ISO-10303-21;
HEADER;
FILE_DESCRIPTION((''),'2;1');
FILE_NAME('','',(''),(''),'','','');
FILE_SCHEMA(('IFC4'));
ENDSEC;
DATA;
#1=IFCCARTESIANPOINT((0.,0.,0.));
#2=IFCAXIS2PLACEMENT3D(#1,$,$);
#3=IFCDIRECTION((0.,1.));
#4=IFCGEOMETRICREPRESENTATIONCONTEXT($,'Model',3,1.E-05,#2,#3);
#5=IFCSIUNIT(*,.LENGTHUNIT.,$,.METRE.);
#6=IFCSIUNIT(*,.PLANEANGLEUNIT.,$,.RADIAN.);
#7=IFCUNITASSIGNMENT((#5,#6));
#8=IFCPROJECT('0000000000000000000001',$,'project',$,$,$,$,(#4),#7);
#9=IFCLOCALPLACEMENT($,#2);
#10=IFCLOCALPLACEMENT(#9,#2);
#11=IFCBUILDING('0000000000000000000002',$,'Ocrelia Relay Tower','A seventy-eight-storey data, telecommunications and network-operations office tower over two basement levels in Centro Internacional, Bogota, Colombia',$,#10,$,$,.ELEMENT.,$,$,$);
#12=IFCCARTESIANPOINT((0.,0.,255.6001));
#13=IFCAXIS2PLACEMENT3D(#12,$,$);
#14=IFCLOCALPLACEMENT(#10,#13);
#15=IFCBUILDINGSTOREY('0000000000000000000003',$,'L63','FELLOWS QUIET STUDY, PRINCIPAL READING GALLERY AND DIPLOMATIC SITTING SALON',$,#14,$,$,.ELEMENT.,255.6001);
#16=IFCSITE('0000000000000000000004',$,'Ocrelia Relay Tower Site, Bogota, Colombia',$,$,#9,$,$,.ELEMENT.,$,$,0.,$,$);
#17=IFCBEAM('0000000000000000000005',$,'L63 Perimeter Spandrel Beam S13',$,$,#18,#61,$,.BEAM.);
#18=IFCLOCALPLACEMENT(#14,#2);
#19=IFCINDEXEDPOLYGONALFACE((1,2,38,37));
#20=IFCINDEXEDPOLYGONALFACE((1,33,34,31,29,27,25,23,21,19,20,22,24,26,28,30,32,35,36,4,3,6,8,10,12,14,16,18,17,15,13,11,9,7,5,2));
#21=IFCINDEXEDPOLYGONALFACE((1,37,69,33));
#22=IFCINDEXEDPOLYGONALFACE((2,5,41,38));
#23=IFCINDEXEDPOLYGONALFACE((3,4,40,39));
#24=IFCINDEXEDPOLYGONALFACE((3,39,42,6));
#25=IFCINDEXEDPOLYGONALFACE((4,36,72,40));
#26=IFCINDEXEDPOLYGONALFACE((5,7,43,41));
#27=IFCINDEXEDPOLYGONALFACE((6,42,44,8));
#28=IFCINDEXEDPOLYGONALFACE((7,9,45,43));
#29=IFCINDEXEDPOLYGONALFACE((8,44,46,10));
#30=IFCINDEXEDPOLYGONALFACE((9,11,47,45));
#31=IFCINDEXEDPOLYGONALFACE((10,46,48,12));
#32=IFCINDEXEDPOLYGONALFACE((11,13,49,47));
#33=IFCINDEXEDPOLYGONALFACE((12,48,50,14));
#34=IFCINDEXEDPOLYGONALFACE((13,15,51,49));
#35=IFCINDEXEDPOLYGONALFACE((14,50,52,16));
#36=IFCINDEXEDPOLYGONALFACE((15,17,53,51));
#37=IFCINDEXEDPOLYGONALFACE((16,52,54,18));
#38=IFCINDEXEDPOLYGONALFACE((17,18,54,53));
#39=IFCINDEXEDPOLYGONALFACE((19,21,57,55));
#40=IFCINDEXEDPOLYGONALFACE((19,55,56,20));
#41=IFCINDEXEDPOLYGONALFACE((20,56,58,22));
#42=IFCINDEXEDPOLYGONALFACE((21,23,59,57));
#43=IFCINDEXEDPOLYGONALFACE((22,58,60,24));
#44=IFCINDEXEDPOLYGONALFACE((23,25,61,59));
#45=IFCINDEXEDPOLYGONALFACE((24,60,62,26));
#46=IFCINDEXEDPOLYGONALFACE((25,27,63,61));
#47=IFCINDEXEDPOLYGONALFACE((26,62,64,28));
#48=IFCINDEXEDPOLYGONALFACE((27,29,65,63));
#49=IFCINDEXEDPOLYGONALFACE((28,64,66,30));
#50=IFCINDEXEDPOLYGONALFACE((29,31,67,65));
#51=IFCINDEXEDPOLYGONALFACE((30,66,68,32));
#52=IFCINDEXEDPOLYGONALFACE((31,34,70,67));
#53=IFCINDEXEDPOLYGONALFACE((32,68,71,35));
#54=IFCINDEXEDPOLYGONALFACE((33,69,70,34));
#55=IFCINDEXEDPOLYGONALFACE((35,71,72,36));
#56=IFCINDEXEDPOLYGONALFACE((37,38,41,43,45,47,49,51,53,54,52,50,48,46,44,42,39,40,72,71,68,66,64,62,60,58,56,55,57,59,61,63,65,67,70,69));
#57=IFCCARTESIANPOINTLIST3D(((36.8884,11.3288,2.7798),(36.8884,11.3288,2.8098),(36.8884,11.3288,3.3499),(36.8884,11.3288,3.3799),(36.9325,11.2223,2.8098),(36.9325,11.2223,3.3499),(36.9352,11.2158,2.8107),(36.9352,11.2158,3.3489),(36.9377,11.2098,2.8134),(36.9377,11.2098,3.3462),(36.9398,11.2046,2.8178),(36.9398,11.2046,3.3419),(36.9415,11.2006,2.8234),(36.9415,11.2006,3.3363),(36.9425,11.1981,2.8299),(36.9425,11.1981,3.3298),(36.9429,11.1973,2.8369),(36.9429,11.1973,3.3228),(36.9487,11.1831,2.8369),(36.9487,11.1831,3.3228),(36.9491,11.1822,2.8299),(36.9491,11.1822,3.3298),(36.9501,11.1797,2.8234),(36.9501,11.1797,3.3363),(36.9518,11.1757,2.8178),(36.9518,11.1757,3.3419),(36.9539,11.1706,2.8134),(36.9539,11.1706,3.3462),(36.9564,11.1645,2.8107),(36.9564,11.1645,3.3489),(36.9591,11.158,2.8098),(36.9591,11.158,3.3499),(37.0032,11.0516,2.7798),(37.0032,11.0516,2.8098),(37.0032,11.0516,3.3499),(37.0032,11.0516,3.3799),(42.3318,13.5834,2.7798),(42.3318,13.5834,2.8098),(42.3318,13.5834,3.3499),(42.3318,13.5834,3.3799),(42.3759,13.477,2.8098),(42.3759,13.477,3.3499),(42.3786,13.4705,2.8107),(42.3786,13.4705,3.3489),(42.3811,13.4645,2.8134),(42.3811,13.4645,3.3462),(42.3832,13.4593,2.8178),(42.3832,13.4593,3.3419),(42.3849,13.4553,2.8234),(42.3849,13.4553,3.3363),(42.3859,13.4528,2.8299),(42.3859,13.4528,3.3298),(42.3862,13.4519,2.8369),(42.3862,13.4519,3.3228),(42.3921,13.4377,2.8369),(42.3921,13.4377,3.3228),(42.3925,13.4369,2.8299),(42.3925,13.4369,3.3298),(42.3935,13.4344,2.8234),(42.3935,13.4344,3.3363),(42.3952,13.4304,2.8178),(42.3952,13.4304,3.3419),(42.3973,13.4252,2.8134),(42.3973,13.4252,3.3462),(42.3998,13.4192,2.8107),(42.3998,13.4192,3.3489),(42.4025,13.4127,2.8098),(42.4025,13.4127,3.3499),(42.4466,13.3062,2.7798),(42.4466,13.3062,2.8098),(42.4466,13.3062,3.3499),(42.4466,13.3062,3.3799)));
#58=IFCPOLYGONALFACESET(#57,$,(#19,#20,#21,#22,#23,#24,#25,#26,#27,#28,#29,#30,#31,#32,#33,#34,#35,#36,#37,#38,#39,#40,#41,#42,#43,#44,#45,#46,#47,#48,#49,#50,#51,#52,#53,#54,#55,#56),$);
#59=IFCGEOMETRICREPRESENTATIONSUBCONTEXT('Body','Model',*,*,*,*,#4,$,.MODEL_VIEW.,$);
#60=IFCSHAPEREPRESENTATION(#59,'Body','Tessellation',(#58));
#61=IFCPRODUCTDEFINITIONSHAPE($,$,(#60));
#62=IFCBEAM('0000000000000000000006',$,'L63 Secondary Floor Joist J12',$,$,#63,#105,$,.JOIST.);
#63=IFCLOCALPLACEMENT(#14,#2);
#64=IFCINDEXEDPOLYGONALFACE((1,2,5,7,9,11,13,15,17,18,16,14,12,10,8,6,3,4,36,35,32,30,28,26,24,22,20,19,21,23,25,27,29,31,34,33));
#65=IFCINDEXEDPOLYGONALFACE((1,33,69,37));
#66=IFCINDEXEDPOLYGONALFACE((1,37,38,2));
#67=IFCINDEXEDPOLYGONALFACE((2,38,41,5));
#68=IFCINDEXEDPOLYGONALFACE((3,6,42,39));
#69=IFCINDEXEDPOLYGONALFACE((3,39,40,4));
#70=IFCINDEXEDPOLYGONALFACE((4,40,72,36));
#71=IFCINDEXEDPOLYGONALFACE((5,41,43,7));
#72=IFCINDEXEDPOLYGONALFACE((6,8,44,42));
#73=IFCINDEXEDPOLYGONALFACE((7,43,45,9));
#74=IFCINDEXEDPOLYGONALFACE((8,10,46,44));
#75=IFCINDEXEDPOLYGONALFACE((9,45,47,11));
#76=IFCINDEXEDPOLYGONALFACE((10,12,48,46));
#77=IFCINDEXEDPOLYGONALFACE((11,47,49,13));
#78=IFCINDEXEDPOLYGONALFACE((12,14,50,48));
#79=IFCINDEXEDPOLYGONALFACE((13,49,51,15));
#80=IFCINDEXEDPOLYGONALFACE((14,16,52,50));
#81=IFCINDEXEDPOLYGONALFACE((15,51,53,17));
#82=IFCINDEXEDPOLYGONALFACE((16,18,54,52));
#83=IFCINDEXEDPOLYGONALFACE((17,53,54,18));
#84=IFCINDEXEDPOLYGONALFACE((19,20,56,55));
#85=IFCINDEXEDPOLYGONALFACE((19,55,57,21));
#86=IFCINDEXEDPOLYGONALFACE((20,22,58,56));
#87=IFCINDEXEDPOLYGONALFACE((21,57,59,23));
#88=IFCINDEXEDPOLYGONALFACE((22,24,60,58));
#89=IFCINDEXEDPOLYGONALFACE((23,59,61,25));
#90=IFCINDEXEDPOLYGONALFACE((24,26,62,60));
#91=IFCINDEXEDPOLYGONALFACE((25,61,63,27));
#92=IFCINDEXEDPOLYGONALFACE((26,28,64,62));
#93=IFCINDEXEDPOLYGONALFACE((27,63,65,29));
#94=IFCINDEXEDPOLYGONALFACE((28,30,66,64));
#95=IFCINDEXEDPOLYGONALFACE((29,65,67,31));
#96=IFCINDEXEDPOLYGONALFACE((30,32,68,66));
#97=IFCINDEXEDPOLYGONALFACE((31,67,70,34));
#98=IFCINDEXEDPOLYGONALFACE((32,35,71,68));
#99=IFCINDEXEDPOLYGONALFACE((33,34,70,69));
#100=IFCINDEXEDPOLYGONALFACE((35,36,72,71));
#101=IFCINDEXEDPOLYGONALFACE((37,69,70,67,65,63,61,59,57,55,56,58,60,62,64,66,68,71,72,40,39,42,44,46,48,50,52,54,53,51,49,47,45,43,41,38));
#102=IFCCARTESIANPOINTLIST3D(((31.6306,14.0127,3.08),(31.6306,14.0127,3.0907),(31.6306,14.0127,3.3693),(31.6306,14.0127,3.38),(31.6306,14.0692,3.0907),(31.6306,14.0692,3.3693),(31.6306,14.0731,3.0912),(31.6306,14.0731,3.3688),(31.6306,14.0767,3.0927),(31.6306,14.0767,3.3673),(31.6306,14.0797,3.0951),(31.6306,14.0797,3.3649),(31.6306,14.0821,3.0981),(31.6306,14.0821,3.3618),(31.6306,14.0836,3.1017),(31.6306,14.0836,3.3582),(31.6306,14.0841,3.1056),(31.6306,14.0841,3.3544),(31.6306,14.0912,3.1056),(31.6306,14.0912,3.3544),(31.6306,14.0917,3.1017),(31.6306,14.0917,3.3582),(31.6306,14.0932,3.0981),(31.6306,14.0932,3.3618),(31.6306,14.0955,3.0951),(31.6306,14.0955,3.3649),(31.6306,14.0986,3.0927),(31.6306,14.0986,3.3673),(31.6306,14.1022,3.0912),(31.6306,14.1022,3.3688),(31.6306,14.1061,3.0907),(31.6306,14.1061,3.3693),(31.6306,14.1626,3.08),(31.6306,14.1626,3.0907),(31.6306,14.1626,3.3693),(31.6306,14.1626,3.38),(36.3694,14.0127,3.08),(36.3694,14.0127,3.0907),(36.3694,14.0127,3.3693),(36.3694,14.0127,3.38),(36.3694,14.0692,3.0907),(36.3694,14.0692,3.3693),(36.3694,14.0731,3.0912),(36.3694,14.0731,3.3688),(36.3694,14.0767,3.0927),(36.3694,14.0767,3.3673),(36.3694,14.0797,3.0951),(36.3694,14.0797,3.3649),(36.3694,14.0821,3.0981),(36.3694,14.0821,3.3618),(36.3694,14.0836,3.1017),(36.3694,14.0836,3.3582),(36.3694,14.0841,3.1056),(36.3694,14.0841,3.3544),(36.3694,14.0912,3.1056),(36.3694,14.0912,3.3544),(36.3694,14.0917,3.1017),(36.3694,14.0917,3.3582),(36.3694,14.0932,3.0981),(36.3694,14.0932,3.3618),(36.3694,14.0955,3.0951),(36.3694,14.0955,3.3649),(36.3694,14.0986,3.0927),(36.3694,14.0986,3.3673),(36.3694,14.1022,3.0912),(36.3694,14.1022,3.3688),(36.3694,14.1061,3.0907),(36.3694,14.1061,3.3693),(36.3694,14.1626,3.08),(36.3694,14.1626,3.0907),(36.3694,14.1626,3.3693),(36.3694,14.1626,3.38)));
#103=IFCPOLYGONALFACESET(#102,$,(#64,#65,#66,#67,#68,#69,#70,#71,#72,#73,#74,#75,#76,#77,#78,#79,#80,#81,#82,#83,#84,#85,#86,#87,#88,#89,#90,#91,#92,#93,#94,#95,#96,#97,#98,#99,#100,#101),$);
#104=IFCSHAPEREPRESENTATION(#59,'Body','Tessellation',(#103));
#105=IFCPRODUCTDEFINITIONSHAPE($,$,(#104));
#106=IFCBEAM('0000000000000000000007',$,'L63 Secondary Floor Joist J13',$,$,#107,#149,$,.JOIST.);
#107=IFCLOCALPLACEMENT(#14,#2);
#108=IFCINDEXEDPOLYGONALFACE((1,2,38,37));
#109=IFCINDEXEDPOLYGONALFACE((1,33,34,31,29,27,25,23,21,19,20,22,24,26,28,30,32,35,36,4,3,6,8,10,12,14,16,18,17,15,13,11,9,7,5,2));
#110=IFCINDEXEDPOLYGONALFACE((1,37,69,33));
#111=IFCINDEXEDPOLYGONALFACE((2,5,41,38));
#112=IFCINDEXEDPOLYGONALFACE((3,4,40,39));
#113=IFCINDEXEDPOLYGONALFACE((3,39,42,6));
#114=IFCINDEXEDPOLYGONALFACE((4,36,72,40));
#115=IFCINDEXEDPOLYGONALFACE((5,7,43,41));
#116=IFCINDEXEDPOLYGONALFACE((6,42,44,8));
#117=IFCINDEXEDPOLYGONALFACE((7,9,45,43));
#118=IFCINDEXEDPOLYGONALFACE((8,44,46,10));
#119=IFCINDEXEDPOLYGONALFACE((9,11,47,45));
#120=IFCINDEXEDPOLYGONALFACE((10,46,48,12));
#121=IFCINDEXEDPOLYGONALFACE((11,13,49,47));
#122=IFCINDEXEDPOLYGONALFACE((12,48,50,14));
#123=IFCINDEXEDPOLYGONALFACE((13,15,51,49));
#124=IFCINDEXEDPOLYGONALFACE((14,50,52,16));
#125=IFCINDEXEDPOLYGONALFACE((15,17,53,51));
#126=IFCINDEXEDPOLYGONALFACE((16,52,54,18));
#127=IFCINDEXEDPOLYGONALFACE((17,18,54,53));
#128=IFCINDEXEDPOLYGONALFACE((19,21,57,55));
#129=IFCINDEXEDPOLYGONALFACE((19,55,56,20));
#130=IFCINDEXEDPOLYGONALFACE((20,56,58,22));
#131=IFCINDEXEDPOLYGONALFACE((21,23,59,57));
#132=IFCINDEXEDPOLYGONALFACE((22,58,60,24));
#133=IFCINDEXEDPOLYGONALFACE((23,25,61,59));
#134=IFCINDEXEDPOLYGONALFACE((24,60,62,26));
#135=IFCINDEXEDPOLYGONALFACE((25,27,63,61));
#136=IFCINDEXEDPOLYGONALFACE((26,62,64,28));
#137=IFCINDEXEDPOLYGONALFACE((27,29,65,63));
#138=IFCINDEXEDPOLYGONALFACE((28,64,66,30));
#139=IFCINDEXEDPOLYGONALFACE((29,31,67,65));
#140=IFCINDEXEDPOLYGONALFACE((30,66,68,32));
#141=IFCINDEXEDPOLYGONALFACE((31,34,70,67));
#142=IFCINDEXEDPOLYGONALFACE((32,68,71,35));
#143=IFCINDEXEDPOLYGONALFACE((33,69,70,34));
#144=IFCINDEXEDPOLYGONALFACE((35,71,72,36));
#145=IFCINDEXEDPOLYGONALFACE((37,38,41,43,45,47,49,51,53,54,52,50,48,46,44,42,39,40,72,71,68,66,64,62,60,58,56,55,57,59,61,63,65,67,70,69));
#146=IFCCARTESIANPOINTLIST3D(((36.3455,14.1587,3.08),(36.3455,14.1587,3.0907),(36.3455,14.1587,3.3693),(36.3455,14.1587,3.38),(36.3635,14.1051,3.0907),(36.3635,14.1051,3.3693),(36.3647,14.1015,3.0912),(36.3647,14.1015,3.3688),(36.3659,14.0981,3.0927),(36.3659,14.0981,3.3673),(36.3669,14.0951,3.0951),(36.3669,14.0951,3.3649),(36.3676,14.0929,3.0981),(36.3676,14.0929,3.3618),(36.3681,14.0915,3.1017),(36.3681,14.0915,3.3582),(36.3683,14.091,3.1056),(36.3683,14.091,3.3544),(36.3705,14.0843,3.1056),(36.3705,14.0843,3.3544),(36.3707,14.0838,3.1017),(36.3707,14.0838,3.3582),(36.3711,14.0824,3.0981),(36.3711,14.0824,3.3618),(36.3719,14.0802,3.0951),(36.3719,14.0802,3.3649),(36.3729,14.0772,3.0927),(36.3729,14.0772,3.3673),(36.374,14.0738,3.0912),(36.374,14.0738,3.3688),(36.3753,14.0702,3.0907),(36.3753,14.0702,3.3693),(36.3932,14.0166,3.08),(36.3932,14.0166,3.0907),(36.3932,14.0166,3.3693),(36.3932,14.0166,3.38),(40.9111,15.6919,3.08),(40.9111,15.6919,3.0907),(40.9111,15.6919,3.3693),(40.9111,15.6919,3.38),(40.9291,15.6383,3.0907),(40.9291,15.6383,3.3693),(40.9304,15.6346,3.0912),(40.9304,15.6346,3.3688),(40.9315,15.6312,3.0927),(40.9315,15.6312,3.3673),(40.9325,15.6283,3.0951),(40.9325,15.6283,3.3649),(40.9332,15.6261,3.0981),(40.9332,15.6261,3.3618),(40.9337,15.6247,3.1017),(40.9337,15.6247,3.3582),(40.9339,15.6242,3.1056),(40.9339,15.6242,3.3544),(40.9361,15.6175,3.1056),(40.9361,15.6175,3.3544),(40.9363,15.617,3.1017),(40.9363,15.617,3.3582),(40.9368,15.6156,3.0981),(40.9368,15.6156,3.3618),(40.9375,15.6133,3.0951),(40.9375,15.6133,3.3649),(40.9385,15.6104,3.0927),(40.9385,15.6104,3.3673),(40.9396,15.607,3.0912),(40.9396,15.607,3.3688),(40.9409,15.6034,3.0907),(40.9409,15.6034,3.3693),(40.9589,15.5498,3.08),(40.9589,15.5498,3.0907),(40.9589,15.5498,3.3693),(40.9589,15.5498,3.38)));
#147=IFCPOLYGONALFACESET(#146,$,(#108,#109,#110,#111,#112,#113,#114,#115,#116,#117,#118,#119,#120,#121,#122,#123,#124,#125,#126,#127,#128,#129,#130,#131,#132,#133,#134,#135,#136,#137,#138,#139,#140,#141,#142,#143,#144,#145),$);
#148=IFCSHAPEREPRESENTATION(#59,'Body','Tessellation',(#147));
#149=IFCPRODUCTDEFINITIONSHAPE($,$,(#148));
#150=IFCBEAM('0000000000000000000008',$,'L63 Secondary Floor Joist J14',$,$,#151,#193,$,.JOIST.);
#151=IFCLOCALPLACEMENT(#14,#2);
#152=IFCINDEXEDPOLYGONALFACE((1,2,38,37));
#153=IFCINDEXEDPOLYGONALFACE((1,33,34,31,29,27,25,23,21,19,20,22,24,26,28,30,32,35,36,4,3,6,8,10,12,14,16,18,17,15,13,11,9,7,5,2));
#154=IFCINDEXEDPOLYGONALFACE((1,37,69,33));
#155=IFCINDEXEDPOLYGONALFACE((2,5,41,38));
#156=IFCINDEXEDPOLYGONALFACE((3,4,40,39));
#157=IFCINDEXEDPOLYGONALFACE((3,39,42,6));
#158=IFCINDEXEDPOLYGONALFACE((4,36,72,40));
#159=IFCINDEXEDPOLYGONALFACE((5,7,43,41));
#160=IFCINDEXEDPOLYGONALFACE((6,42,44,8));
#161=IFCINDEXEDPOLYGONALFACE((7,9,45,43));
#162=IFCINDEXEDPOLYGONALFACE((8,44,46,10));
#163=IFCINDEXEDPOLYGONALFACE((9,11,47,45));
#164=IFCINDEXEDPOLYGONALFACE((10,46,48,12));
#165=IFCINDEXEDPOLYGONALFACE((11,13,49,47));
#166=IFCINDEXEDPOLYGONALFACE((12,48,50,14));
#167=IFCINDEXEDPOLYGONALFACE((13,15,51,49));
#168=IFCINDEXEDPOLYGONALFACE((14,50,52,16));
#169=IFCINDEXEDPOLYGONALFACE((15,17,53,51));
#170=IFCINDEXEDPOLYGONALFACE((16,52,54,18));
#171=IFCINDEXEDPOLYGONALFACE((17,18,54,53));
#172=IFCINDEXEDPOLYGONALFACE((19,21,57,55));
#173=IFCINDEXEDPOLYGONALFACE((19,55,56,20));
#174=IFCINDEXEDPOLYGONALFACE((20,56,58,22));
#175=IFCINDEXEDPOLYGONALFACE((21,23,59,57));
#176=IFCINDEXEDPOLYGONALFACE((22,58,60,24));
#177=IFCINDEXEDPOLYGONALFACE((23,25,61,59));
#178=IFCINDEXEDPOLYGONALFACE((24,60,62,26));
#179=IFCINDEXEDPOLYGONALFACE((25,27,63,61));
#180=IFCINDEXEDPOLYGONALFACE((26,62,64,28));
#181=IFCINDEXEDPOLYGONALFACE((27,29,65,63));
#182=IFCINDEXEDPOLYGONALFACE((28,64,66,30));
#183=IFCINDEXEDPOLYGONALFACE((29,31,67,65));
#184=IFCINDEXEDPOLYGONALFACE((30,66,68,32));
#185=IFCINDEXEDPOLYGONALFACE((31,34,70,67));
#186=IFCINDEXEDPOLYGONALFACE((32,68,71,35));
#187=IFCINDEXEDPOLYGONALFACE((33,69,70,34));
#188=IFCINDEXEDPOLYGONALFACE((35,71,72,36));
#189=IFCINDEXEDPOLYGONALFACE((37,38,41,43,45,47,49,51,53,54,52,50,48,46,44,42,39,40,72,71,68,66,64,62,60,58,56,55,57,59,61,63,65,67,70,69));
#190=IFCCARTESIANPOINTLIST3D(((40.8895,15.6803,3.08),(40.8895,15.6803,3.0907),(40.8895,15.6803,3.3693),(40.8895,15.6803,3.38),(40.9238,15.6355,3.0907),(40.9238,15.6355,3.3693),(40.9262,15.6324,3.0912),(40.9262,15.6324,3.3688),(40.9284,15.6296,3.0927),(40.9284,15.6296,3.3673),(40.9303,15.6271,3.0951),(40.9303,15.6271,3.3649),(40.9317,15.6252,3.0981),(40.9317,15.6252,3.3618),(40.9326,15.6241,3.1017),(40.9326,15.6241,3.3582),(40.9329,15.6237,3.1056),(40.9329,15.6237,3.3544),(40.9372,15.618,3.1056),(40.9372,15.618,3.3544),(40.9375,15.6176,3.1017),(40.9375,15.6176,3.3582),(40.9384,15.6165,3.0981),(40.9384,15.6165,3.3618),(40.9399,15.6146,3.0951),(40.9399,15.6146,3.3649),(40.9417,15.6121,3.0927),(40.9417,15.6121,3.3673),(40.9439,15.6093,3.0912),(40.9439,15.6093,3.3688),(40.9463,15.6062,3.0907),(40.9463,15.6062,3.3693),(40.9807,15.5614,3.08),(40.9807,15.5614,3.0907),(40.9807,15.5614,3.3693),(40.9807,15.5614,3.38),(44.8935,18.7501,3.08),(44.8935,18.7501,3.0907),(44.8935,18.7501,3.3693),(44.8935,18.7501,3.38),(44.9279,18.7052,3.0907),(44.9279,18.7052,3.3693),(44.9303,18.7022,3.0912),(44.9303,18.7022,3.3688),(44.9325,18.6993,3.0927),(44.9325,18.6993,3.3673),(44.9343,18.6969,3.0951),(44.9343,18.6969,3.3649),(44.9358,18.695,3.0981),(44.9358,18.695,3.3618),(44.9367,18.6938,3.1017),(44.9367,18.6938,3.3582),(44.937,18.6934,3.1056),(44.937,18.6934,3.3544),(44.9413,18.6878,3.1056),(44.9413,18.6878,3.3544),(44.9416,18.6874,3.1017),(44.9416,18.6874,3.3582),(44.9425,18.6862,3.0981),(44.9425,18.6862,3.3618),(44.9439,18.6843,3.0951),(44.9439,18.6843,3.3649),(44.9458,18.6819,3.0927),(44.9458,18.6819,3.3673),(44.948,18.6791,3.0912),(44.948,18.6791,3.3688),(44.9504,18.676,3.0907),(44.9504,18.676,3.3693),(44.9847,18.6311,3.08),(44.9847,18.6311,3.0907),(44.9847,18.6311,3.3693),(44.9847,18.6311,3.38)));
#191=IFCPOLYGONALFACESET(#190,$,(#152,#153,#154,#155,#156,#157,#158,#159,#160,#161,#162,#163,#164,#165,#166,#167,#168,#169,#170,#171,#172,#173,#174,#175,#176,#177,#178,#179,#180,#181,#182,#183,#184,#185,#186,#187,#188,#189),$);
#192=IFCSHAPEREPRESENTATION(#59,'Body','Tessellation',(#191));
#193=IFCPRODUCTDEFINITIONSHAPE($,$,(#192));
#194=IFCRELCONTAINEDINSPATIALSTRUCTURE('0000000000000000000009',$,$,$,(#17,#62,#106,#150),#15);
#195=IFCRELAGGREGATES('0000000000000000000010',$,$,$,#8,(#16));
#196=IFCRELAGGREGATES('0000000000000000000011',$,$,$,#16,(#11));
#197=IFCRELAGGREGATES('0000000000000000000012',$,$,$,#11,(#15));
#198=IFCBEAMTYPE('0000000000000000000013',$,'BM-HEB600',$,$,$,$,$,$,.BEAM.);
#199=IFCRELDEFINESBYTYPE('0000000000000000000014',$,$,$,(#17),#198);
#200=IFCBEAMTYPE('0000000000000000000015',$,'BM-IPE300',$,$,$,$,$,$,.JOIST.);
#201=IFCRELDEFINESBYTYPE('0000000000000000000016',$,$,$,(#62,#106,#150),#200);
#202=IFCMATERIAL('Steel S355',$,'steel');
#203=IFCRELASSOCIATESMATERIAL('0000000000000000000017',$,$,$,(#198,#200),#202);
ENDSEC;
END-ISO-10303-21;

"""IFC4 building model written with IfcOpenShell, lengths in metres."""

from ifc_helpers import new_model, si_unit, direction, frame, origin, origin_2d, place, context, subcontext, project, spatial, i_section, extrude, material, material_profile, profile_set, type_object, element, save


model = new_model("IFC4")

# Units and contexts
model_context = context("Model", 3, precision=1e-05, world=origin(), true_north=direction((0.0, 1.0)))
body_context = subcontext(model_context, "Body", "Model", "MODEL_VIEW")
ifc_project = project(units=[si_unit("LENGTHUNIT", "METRE"), si_unit("PLANEANGLEUNIT", "RADIAN")], contexts=[model_context])

# Site, building, storey
site_placement = place(None, origin())
site = spatial("IfcSite", under=ifc_project, at=site_placement, Name="Ocrelia Relay Tower Site, Bogota, Colombia", CompositionType="ELEMENT", RefElevation=0.0)
building_placement = place(site_placement, origin())
building = spatial("IfcBuilding", under=site, at=building_placement, Name="Ocrelia Relay Tower", Description="A seventy-eight-storey data, telecommunications and network-operations office tower over two basement levels in Centro Internacional, Bogota, Colombia", CompositionType="ELEMENT")
storey_placement = place(building_placement, frame((0.0, 0.0, 255.6001)))
storey = spatial("IfcBuildingStorey", under=building, at=storey_placement, Name="L63", Description="FELLOWS QUIET STUDY, PRINCIPAL READING GALLERY AND DIPLOMATIC SITTING SALON", CompositionType="ELEMENT", Elevation=255.6001)

# Beams
ifc_material_1 = material(Name="Steel S355", Category="steel")
ifc_material_profile_1 = material_profile(ifc_material_1, i_section(OverallWidth=0.3, OverallDepth=0.6001, WebThickness=0.0154, FlangeThickness=0.03, FilletRadius=0.0271, at=origin_2d()), Name="HEB 600")
ifc_profile_set_1 = profile_set([ifc_material_profile_1], Name="Steel S355")
beam_type_1 = type_object("IfcBeamType", Name="BM-HEB600", PredefinedType="BEAM", material=ifc_profile_set_1)
beam_1_placement = place(storey_placement, frame((36.9458, 11.1902, 3.0798), z_axis=(0.923884, 0.382673, 0.0), x_axis=(-0.382673, 0.923884, 0.0)))
element("IfcBeam", 1, at=beam_1_placement, inside=storey, type_object=beam_type_1, Name="L63 Perimeter Spandrel Beam S13", PredefinedType="BEAM", context=body_context, shape_type="SweptSolid", body=[
    extrude(i_section(OverallWidth=0.3, OverallDepth=0.6001, WebThickness=0.0154, FlangeThickness=0.03, FilletRadius=0.0271, at=origin_2d()), origin(), (0.0, 0.0, 1.0), 5.8918),
])
ifc_material_profile_2 = material_profile(ifc_material_1, i_section(OverallWidth=0.1499, OverallDepth=0.3, WebThickness=0.0071, FlangeThickness=0.0107, FilletRadius=0.0149, at=origin_2d()), Name="IPE 300")
ifc_profile_set_2 = profile_set([ifc_material_profile_2], Name="Steel S355")
beam_type_2 = type_object("IfcBeamType", Name="BM-IPE300", PredefinedType="JOIST", material=ifc_profile_set_2)
beam_2_placement = place(storey_placement, frame((31.6306, 14.0876, 3.23), z_axis=(1.0, 0.0, 0.0), x_axis=(0.0, 1.0, 0.0)))
element("IfcBeam", 2, at=beam_2_placement, inside=storey, type_object=beam_type_2, Name="L63 Secondary Floor Joist J12", PredefinedType="JOIST", context=body_context, shape_type="SweptSolid", body=[
    extrude(i_section(OverallWidth=0.1499, OverallDepth=0.3, WebThickness=0.0071, FlangeThickness=0.0107, FilletRadius=0.0149, at=origin_2d()), origin(), (0.0, 0.0, 1.0), 4.7388),
])
beam_3_placement = place(storey_placement, frame((36.3694, 14.0876, 3.23), z_axis=(0.947976, 0.318341, 0.0), x_axis=(-0.318341, 0.947976, 0.0)))
element("IfcBeam", 3, at=beam_3_placement, inside=storey, type_object=beam_type_2, Name="L63 Secondary Floor Joist J13", PredefinedType="JOIST", context=body_context, shape_type="SweptSolid", body=[
    extrude(i_section(OverallWidth=0.1499, OverallDepth=0.3, WebThickness=0.0071, FlangeThickness=0.0107, FilletRadius=0.0149, at=origin_2d()), origin(), (0.0, 0.0, 1.0), 4.8162),
])
beam_4_placement = place(storey_placement, frame((40.9351, 15.6208, 3.23), z_axis=(0.793609, 0.608428, 0.0), x_axis=(-0.608428, 0.793609, 0.0)))
element("IfcBeam", 4, at=beam_4_placement, inside=storey, type_object=beam_type_2, Name="L63 Secondary Floor Joist J14", PredefinedType="JOIST", context=body_context, shape_type="SweptSolid", body=[
    extrude(i_section(OverallWidth=0.1499, OverallDepth=0.3, WebThickness=0.0071, FlangeThickness=0.0107, FilletRadius=0.0149, at=origin_2d()), origin(), (0.0, 0.0, 1.0), 5.0454),
])

save(model, "model.ifc")
